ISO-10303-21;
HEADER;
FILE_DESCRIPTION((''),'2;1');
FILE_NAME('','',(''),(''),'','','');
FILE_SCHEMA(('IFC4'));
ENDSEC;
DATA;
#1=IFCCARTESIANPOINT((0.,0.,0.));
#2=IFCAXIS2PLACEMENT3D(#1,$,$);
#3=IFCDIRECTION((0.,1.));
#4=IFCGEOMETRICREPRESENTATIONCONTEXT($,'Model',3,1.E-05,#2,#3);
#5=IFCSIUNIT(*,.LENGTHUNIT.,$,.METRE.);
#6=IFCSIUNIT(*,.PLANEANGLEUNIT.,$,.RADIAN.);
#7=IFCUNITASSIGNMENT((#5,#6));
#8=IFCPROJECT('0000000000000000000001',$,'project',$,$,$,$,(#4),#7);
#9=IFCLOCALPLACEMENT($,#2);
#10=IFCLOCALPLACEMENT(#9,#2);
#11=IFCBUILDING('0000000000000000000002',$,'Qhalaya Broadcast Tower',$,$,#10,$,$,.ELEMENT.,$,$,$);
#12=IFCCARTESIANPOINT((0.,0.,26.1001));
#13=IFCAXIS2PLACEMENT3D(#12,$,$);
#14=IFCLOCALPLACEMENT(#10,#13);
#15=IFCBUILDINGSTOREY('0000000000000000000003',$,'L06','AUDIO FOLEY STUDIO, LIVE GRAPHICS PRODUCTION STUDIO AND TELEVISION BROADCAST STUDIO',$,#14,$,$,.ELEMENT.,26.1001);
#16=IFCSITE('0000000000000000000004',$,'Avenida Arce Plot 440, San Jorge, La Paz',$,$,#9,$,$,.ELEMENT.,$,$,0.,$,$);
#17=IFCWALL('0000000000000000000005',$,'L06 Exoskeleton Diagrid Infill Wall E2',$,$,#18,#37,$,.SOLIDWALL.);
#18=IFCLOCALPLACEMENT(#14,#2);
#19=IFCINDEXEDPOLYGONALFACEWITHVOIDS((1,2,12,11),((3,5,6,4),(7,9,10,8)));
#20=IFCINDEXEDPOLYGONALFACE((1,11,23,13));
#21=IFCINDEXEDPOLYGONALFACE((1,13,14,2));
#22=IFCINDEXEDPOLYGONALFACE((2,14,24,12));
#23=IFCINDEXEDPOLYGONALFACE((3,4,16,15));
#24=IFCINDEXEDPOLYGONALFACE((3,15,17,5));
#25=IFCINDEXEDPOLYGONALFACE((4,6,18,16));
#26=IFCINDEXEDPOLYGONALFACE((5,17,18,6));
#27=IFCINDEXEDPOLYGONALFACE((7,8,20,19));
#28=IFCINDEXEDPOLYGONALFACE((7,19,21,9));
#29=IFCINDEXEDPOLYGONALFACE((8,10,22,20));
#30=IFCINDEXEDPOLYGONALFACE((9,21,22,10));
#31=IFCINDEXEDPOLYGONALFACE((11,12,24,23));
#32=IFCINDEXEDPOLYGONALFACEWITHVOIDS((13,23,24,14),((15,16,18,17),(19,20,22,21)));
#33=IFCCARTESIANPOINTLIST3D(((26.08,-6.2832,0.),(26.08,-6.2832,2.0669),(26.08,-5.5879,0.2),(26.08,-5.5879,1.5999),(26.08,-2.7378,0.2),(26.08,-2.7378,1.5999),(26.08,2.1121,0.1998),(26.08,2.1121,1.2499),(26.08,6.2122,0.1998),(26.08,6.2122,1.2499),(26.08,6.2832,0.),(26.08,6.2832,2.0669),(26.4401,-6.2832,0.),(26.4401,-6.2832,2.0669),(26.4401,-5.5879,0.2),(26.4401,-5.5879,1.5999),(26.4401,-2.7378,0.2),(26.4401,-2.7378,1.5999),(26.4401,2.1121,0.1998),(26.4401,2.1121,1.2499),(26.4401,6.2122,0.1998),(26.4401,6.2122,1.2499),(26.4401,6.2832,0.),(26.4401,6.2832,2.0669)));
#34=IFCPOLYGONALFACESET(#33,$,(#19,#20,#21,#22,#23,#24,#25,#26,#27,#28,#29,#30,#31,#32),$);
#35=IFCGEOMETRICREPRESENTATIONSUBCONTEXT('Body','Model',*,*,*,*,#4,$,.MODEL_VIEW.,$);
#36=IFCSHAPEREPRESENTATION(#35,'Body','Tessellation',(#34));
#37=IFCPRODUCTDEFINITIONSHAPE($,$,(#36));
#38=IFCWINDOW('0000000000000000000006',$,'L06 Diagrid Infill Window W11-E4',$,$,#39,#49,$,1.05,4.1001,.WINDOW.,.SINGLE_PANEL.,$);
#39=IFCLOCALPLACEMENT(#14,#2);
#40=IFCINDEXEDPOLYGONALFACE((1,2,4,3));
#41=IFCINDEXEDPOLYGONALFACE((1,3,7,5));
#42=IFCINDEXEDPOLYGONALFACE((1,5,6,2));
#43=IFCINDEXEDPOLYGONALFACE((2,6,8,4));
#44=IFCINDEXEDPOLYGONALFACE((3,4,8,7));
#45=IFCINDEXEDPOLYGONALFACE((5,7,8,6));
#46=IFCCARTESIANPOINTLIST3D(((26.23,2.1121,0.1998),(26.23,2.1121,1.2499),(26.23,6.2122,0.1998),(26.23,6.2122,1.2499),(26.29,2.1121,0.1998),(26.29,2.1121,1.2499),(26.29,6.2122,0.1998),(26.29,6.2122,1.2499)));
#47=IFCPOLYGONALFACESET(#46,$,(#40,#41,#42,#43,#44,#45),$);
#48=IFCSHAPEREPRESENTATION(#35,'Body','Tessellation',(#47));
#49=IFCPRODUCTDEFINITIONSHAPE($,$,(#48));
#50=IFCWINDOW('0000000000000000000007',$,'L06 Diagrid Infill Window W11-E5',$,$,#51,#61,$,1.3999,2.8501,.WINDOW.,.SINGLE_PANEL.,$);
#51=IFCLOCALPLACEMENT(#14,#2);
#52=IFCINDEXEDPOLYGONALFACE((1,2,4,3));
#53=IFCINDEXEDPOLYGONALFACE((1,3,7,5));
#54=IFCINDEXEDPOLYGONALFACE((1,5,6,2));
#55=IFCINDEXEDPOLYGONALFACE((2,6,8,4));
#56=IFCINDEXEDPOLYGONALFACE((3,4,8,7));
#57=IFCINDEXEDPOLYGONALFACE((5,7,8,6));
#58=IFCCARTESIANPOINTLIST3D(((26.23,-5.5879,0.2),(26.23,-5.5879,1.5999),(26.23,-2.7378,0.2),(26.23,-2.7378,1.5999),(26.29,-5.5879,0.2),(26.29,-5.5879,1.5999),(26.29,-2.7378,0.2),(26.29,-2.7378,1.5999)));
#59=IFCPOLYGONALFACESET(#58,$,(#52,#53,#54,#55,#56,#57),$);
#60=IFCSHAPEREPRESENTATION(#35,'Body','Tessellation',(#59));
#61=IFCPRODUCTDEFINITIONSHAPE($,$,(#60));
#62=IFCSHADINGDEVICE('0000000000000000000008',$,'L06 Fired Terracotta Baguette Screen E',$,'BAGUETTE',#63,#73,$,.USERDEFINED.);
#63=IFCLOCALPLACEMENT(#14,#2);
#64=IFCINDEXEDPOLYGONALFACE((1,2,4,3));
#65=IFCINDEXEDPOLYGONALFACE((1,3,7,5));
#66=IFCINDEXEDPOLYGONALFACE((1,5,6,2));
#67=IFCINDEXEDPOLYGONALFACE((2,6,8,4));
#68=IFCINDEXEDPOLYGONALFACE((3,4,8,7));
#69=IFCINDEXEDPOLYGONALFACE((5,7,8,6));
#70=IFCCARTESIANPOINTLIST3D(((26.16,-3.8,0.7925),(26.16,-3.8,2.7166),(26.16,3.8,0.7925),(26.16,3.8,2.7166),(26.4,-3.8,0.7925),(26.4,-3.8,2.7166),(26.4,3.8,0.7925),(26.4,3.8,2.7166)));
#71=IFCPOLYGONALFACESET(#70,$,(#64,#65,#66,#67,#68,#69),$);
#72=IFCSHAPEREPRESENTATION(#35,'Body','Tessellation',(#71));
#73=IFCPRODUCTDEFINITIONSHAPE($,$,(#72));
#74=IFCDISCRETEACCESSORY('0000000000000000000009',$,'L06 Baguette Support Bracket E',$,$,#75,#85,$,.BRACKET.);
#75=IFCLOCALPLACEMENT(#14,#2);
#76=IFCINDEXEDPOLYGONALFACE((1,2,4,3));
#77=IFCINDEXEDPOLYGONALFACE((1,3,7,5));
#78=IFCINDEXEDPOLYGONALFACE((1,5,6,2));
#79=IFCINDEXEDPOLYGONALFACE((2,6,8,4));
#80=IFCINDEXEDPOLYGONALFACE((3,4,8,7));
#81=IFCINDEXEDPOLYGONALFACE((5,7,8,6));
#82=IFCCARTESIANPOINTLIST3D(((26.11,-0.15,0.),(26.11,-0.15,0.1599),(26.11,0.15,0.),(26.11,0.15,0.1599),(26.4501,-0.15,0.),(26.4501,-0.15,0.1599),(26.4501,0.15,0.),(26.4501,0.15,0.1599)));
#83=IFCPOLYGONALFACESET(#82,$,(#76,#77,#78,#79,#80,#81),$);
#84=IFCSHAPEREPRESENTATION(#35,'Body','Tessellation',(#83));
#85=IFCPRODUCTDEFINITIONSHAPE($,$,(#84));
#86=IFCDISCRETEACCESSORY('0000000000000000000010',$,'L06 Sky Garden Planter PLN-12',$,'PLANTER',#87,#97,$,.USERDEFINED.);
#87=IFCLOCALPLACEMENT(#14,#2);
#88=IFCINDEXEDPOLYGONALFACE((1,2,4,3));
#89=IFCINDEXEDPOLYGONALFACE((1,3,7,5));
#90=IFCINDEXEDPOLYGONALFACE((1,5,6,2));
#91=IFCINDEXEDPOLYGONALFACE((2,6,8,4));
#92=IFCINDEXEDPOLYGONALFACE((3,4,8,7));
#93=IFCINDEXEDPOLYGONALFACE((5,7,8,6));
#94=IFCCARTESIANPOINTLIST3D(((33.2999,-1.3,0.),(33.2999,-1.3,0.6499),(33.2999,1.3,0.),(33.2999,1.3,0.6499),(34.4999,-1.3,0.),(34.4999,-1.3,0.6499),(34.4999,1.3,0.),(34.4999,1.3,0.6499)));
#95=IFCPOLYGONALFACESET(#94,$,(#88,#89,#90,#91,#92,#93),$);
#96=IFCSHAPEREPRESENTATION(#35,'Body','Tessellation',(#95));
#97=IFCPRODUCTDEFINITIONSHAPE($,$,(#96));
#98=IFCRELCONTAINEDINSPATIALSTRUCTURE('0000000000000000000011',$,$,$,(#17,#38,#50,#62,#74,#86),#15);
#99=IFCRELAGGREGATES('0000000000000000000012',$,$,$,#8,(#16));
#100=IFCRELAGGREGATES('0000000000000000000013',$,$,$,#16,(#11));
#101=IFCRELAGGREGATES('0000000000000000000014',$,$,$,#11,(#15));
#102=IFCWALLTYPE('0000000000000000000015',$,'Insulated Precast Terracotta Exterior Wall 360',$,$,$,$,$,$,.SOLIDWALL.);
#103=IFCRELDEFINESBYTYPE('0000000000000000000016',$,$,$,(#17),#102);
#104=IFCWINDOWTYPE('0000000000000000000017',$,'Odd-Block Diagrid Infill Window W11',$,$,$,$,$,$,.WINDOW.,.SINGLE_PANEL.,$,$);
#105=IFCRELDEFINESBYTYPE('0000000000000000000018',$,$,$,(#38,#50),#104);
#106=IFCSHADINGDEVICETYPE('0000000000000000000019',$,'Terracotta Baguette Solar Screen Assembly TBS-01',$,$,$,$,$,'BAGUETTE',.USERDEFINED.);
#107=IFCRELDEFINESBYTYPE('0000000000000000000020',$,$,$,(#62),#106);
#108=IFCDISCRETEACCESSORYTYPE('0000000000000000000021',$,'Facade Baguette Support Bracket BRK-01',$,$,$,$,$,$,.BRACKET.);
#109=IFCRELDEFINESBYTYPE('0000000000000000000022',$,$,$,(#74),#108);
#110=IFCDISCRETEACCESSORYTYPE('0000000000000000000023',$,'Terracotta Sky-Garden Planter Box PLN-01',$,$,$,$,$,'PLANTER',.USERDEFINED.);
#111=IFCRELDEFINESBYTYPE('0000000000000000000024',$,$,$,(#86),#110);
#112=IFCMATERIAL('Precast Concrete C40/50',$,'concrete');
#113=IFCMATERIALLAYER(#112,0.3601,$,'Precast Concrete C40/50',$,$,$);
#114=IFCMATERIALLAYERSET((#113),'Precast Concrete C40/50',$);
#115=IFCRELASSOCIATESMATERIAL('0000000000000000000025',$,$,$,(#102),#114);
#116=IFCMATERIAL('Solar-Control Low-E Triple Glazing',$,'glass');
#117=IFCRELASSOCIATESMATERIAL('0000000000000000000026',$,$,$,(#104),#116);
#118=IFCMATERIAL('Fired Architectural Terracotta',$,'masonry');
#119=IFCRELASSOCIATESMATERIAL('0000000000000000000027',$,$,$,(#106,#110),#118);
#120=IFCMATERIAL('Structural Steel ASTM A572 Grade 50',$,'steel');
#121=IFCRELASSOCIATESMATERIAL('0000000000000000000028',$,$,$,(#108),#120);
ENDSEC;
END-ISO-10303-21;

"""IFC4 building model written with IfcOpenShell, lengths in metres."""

from ifc_helpers import new_model, si_unit, direction, frame, frame_2d, origin, origin_2d, place, context, subcontext, project, spatial, rectangle, extrude, material, layer, layer_set, type_object, element, fill, save


model = new_model("IFC4")

# Units and contexts
model_context = context("Model", 3, precision=1e-05, world=origin(), true_north=direction((0.0, 1.0)))
body_context = subcontext(model_context, "Body", "Model", "MODEL_VIEW")
ifc_project = project(units=[si_unit("LENGTHUNIT", "METRE"), si_unit("PLANEANGLEUNIT", "RADIAN")], contexts=[model_context])

# Site, building, storey
site_placement = place(None, origin())
site = spatial("IfcSite", under=ifc_project, at=site_placement, Name="Avenida Arce Plot 440, San Jorge, La Paz", CompositionType="ELEMENT", RefElevation=0.0)
building_placement = place(site_placement, origin())
building = spatial("IfcBuilding", under=site, at=building_placement, Name="Qhalaya Broadcast Tower", CompositionType="ELEMENT")
storey_placement = place(building_placement, frame((0.0, 0.0, 26.1001)))
storey = spatial("IfcBuildingStorey", under=building, at=storey_placement, Name="L06", Description="AUDIO FOLEY STUDIO, LIVE GRAPHICS PRODUCTION STUDIO AND TELEVISION BROADCAST STUDIO", CompositionType="ELEMENT", Elevation=26.1001)

# Shared definitions
ifc_material_1 = material(Name="Structural Steel ASTM A572 Grade 50", Category="steel")

# Wall, openings, windows
ifc_material_2 = material(Name="Precast Concrete C40/50", Category="concrete")
ifc_layer_1 = layer(ifc_material_2, 0.3601, Name="Precast Concrete C40/50")
ifc_layer_set_1 = layer_set([ifc_layer_1], Name="Precast Concrete C40/50")
wall_type = type_object("IfcWallType", Name="Insulated Precast Terracotta Exterior Wall 360", PredefinedType="SOLIDWALL", material=ifc_layer_set_1)
wall_placement = place(storey_placement, frame((26.26, 6.2832, 0.0), z_axis=(0.0, 0.0, 1.0), x_axis=(0.0, -1.0, 0.0)))
wall = element("IfcWall", 1, at=wall_placement, inside=storey, type_object=wall_type, Name="L06 Exoskeleton Diagrid Infill Wall E2", PredefinedType="SOLIDWALL", context=body_context, shape_type="SweptSolid", body=[
    extrude(rectangle(XDim=12.5664, YDim=0.3601, at=frame_2d((6.2832, 0.0))), origin(), (0.0, 0.0, 1.0), 2.0669),
])
opening_1_placement = place(wall_placement, frame((0.071, 0.0, 0.2)))
opening_1 = element("IfcOpeningElement", 2, at=opening_1_placement, cuts=wall, PredefinedType="OPENING", context=body_context, shape_type="SweptSolid", body=[
    extrude(rectangle(XDim=4.1001, YDim=1.05, at=frame_2d((2.05, 0.5249))), frame((0.0, 0.1921, 0.0), z_axis=(0.0, -1.0, 0.0), x_axis=(1.0, 0.0, 0.0)), (0.0, 0.0, 1.0), 0.384),
])
opening_2_placement = place(wall_placement, frame((9.021, 0.0, 0.2)))
opening_2 = element("IfcOpeningElement", 3, at=opening_2_placement, cuts=wall, PredefinedType="OPENING", context=body_context, shape_type="SweptSolid", body=[
    extrude(rectangle(XDim=2.8501, YDim=1.3999, at=frame_2d((1.425, 0.7))), frame((0.0, 0.1921, 0.0), z_axis=(0.0, -1.0, 0.0), x_axis=(1.0, 0.0, 0.0)), (0.0, 0.0, 1.0), 0.384),
])
ifc_material_3 = material(Name="Solar-Control Low-E Triple Glazing", Category="glass")
window_type = type_object("IfcWindowType", Name="Odd-Block Diagrid Infill Window W11", PartitioningType="SINGLE_PANEL", PredefinedType="WINDOW", material=ifc_material_3)
window_1_placement = place(opening_1_placement, origin())
window_1 = element("IfcWindow", 4, at=window_1_placement, inside=storey, type_object=window_type, Name="L06 Diagrid Infill Window W11-E4", OverallHeight=1.05, OverallWidth=4.1001, PartitioningType="SINGLE_PANEL", PredefinedType="WINDOW", context=body_context, shape_type="SweptSolid", body=[
    extrude(rectangle(XDim=4.1001, YDim=1.05, at=frame_2d((2.05, 0.5249))), frame((0.0, 0.03, 0.0), z_axis=(0.0, -1.0, 0.0), x_axis=(1.0, 0.0, 0.0)), (0.0, 0.0, 1.0), 0.0601),
])
fill(opening_1, window_1)
window_2_placement = place(opening_2_placement, origin())
window_2 = element("IfcWindow", 5, at=window_2_placement, inside=storey, type_object=window_type, Name="L06 Diagrid Infill Window W11-E5", OverallHeight=1.3999, OverallWidth=2.8501, PartitioningType="SINGLE_PANEL", PredefinedType="WINDOW", context=body_context, shape_type="SweptSolid", body=[
    extrude(rectangle(XDim=2.8501, YDim=1.3999, at=frame_2d((1.425, 0.7))), frame((0.0, 0.03, 0.0), z_axis=(0.0, -1.0, 0.0), x_axis=(1.0, 0.0, 0.0)), (0.0, 0.0, 1.0), 0.0601),
])
fill(opening_2, window_2)

# Shading device
ifc_material_4 = material(Name="Fired Architectural Terracotta", Category="masonry")
shading_device_type = type_object("IfcShadingDeviceType", Name="Terracotta Baguette Solar Screen Assembly TBS-01", ElementType="BAGUETTE", PredefinedType="USERDEFINED", material=ifc_material_4)
shading_device_placement = place(storey_placement, frame((26.28, 0.0, 0.7925), z_axis=(0.0, 0.0, 1.0), x_axis=(0.0, 1.0, 0.0)))
element("IfcShadingDevice", 6, at=shading_device_placement, inside=storey, type_object=shading_device_type, Name="L06 Fired Terracotta Baguette Screen E", ObjectType="BAGUETTE", PredefinedType="USERDEFINED", context=body_context, shape_type="SweptSolid", body=[
    extrude(rectangle(XDim=7.6001, YDim=0.24, at=origin_2d()), origin(), (0.0, 0.0, 1.0), 1.9241),
])

# Discrete accessories
discrete_accessory_type_1 = type_object("IfcDiscreteAccessoryType", Name="Facade Baguette Support Bracket BRK-01", PredefinedType="BRACKET", material=ifc_material_1)
discrete_accessory_1_placement = place(storey_placement, frame((26.28, 0.0, 0.0), z_axis=(0.0, 0.0, 1.0), x_axis=(0.0, 1.0, 0.0)))
element("IfcDiscreteAccessory", 7, at=discrete_accessory_1_placement, inside=storey, type_object=discrete_accessory_type_1, Name="L06 Baguette Support Bracket E", PredefinedType="BRACKET", context=body_context, shape_type="SweptSolid", body=[
    extrude(rectangle(XDim=0.3, YDim=0.3401, at=origin_2d()), origin(), (0.0, 0.0, 1.0), 0.1599),
])
discrete_accessory_type_2 = type_object("IfcDiscreteAccessoryType", Name="Terracotta Sky-Garden Planter Box PLN-01", ElementType="PLANTER", PredefinedType="USERDEFINED", material=ifc_material_4)
discrete_accessory_2_placement = place(storey_placement, frame((33.8999, 0.0, 0.0), z_axis=(0.0, 0.0, 1.0), x_axis=(1.0, 0.0, 0.0)))
element("IfcDiscreteAccessory", 8, at=discrete_accessory_2_placement, inside=storey, type_object=discrete_accessory_type_2, Name="L06 Sky Garden Planter PLN-12", ObjectType="PLANTER", PredefinedType="USERDEFINED", context=body_context, shape_type="SweptSolid", body=[
    extrude(rectangle(XDim=1.2, YDim=2.6001, at=origin_2d()), origin(), (0.0, 0.0, 1.0), 0.6499),
])

save(model, "model.ifc")
